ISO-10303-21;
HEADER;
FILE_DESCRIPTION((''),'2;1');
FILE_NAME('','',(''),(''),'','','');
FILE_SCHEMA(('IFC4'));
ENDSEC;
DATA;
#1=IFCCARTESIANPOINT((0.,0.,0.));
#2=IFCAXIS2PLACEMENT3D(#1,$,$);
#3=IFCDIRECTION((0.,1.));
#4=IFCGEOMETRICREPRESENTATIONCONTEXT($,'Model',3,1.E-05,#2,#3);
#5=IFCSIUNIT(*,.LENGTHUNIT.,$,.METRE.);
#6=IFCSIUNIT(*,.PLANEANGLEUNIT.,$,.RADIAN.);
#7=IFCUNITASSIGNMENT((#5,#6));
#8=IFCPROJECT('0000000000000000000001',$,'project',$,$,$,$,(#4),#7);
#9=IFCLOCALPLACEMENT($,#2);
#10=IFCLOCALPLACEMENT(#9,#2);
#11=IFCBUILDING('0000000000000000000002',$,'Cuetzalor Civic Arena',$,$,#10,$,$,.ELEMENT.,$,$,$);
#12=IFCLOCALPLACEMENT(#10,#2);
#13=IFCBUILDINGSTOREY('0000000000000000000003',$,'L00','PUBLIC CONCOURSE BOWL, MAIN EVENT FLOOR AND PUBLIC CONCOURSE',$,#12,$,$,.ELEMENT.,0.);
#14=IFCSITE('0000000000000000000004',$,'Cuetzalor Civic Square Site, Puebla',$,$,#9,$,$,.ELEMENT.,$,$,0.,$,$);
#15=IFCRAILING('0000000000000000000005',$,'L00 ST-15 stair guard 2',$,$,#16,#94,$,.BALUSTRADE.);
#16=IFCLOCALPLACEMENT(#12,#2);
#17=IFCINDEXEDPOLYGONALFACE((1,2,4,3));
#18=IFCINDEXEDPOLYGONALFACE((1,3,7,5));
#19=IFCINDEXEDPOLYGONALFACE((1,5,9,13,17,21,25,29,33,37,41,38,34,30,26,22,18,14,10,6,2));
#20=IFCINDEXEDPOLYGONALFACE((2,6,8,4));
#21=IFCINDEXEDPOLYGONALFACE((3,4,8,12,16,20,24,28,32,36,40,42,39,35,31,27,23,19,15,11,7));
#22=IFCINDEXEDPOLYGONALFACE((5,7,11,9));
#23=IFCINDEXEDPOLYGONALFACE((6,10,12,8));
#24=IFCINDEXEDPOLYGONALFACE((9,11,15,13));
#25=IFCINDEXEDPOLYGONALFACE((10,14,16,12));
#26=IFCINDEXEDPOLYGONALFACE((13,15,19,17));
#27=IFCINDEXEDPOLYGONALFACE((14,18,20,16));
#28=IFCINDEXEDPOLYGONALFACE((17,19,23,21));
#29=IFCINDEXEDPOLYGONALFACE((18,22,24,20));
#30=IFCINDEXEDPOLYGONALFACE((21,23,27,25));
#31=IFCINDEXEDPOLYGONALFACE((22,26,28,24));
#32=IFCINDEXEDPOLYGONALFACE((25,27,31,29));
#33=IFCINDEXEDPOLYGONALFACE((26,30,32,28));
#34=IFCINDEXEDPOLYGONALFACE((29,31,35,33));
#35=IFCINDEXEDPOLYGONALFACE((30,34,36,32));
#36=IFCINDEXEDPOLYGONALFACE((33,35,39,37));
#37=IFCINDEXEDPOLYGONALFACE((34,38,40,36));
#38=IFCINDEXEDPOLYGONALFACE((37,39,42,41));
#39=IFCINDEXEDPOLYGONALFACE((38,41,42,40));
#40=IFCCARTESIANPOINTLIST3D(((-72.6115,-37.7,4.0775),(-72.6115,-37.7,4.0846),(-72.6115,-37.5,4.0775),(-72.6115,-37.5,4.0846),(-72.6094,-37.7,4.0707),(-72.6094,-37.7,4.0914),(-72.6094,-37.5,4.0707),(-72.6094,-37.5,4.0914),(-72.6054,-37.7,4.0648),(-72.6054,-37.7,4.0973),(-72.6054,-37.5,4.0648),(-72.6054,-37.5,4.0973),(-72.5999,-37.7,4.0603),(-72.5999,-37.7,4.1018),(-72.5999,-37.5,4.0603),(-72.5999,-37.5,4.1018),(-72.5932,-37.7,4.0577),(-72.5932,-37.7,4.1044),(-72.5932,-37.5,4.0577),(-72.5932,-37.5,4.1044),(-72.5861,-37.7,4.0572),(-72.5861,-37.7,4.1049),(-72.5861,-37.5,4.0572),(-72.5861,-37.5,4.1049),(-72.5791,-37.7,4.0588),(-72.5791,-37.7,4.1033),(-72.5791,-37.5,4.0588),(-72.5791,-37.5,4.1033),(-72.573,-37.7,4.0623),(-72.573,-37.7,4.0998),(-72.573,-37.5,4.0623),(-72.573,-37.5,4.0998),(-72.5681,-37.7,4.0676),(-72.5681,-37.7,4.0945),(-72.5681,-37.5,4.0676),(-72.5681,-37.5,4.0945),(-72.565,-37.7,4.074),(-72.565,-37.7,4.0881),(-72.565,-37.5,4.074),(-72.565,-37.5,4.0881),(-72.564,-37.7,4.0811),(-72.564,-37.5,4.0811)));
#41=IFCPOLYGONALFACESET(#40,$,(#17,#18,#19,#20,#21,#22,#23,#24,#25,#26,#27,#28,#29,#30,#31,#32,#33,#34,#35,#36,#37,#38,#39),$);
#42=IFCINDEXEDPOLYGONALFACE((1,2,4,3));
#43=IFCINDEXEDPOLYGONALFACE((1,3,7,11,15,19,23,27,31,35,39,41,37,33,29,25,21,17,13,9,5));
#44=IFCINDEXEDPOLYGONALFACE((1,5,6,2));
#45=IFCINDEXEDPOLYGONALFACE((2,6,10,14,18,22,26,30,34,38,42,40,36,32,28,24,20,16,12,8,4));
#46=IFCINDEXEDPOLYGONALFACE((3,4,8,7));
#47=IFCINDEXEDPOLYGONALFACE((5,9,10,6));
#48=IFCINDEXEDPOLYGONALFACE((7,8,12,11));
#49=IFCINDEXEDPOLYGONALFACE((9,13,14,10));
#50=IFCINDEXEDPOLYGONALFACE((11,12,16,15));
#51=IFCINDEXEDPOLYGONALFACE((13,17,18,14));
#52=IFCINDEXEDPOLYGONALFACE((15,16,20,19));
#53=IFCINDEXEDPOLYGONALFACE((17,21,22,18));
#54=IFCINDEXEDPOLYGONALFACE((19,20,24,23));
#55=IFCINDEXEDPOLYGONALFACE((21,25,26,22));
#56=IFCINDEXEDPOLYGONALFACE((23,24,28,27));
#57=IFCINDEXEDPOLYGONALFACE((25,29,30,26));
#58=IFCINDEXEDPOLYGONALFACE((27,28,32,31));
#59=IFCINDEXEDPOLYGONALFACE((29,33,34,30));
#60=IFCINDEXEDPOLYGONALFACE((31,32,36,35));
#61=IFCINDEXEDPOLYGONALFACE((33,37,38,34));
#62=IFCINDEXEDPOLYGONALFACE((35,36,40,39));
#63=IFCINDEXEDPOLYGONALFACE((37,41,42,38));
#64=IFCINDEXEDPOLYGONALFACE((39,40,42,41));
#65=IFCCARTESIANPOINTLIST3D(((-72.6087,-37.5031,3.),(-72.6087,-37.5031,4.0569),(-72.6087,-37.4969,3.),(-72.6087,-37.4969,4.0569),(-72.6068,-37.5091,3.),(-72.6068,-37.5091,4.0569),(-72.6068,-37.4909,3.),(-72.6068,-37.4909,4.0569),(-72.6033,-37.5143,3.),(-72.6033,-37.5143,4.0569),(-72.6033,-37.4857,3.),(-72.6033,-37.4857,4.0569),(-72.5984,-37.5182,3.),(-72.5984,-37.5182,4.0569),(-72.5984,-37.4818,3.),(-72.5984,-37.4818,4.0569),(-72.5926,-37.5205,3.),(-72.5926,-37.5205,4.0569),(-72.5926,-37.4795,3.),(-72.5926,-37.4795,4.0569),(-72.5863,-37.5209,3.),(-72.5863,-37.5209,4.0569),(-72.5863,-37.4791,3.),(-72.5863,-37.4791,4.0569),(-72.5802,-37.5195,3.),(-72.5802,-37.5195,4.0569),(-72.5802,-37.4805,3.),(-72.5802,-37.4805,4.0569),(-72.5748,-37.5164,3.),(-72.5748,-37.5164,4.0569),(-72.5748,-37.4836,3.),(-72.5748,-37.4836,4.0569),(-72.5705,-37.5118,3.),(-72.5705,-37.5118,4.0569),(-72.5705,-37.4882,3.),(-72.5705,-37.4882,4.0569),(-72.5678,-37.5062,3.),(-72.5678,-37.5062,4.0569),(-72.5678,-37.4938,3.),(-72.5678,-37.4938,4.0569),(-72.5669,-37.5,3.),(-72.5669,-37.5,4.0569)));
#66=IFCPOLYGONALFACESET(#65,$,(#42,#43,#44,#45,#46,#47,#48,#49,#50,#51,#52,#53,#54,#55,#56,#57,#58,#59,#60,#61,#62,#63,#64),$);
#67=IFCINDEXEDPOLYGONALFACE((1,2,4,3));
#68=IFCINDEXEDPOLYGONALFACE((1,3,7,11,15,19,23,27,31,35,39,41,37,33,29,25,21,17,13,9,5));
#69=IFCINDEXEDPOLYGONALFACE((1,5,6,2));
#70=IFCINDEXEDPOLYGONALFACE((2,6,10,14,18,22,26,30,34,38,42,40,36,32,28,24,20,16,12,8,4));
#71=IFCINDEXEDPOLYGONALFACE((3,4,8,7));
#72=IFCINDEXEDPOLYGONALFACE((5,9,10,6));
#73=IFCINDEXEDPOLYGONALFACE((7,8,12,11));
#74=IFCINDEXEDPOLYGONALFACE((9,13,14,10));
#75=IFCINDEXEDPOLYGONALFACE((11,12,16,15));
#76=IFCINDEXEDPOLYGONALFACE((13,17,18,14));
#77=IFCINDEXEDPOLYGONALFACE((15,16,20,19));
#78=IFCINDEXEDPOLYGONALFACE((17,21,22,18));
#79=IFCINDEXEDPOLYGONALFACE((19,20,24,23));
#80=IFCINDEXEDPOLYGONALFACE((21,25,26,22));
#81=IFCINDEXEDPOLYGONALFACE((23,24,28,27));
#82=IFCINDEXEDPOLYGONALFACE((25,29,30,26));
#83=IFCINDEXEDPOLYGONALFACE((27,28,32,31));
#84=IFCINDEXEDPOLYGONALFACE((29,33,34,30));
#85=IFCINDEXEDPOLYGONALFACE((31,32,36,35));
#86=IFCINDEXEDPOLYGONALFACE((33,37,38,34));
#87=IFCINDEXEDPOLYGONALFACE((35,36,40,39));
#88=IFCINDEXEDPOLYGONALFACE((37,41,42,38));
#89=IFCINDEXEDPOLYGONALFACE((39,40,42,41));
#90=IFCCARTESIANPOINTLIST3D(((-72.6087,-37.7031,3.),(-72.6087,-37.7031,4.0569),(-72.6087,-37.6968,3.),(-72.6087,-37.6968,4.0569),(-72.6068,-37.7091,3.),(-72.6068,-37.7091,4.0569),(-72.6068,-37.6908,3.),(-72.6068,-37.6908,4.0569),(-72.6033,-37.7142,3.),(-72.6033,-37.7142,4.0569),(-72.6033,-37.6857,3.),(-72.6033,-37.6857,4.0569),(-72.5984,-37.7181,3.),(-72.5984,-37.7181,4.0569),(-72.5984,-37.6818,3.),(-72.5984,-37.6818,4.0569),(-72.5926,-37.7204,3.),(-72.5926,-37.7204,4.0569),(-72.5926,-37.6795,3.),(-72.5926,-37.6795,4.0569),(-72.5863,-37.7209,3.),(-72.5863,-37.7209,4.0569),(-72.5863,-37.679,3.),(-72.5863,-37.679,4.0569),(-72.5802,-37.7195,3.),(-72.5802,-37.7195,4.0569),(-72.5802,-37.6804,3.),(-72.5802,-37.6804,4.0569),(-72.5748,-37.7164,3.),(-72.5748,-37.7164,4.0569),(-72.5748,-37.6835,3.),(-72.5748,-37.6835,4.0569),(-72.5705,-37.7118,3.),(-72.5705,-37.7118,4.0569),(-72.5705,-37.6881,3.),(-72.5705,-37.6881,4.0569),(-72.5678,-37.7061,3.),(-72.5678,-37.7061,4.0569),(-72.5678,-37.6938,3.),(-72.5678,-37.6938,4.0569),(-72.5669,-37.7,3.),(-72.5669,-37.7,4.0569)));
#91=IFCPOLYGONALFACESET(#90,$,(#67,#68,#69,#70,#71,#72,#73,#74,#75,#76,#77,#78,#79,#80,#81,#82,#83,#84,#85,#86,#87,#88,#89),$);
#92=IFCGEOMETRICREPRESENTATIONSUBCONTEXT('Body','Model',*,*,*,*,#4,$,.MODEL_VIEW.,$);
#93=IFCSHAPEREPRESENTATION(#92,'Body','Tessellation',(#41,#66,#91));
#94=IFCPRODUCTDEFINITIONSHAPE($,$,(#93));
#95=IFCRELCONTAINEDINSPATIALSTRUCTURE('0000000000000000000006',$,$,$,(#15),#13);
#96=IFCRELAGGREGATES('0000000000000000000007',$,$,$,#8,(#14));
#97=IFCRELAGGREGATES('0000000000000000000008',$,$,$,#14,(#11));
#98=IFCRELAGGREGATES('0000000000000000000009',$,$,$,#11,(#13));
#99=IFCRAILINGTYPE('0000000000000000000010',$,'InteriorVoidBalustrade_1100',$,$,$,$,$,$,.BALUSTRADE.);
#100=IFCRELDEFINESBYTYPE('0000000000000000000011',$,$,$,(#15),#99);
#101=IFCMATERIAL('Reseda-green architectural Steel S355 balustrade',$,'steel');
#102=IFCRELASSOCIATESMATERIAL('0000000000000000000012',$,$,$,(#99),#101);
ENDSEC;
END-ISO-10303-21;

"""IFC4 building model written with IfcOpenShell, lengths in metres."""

from ifc_helpers import new_model, si_unit, direction, frame, origin, origin_2d, place, context, subcontext, project, spatial, circle, extrude, material, type_object, element, save


model = new_model("IFC4")

# Units and contexts
model_context = context("Model", 3, precision=1e-05, world=origin(), true_north=direction((0.0, 1.0)))
body_context = subcontext(model_context, "Body", "Model", "MODEL_VIEW")
ifc_project = project(units=[si_unit("LENGTHUNIT", "METRE"), si_unit("PLANEANGLEUNIT", "RADIAN")], contexts=[model_context])

# Site, building, storey
site_placement = place(None, origin())
site = spatial("IfcSite", under=ifc_project, at=site_placement, Name="Cuetzalor Civic Square Site, Puebla", CompositionType="ELEMENT", RefElevation=0.0)
building_placement = place(site_placement, origin())
building = spatial("IfcBuilding", under=site, at=building_placement, Name="Cuetzalor Civic Arena", CompositionType="ELEMENT")
storey_placement = place(building_placement, origin())
storey = spatial("IfcBuildingStorey", under=building, at=storey_placement, Name="L00", Description="PUBLIC CONCOURSE BOWL, MAIN EVENT FLOOR AND PUBLIC CONCOURSE", CompositionType="ELEMENT", Elevation=0.0)

# Railing
ifc_material_1 = material(Name="Reseda-green architectural Steel S355 balustrade", Category="steel")
railing_type_1 = type_object("IfcRailingType", Name="InteriorVoidBalustrade_1100", PredefinedType="BALUSTRADE", material=ifc_material_1)
railing_1_placement = place(storey_placement, frame((-72.5879, -37.5, 3.0)))
element("IfcRailing", 1, at=railing_1_placement, inside=storey, type_object=railing_type_1, Name="L00 ST-15 stair guard 2", PredefinedType="BALUSTRADE", context=body_context, shape_type="SweptSolid", body=[
    extrude(circle(Radius=0.0239, at=origin_2d()), frame((0.0, 0.0, 1.0811), z_axis=(0.0, -1.0, 0.0), x_axis=(1.0, 0.0, 0.0)), (0.0, 0.0, 1.0), 0.2),
    extrude(circle(Radius=0.021, at=origin_2d()), origin(), (0.0, 0.0, 1.0), 1.0569),
    extrude(circle(Radius=0.021, at=origin_2d()), frame((0.0, -0.2, 0.0)), (0.0, 0.0, 1.0), 1.0569),
])

save(model, "model.ifc")
